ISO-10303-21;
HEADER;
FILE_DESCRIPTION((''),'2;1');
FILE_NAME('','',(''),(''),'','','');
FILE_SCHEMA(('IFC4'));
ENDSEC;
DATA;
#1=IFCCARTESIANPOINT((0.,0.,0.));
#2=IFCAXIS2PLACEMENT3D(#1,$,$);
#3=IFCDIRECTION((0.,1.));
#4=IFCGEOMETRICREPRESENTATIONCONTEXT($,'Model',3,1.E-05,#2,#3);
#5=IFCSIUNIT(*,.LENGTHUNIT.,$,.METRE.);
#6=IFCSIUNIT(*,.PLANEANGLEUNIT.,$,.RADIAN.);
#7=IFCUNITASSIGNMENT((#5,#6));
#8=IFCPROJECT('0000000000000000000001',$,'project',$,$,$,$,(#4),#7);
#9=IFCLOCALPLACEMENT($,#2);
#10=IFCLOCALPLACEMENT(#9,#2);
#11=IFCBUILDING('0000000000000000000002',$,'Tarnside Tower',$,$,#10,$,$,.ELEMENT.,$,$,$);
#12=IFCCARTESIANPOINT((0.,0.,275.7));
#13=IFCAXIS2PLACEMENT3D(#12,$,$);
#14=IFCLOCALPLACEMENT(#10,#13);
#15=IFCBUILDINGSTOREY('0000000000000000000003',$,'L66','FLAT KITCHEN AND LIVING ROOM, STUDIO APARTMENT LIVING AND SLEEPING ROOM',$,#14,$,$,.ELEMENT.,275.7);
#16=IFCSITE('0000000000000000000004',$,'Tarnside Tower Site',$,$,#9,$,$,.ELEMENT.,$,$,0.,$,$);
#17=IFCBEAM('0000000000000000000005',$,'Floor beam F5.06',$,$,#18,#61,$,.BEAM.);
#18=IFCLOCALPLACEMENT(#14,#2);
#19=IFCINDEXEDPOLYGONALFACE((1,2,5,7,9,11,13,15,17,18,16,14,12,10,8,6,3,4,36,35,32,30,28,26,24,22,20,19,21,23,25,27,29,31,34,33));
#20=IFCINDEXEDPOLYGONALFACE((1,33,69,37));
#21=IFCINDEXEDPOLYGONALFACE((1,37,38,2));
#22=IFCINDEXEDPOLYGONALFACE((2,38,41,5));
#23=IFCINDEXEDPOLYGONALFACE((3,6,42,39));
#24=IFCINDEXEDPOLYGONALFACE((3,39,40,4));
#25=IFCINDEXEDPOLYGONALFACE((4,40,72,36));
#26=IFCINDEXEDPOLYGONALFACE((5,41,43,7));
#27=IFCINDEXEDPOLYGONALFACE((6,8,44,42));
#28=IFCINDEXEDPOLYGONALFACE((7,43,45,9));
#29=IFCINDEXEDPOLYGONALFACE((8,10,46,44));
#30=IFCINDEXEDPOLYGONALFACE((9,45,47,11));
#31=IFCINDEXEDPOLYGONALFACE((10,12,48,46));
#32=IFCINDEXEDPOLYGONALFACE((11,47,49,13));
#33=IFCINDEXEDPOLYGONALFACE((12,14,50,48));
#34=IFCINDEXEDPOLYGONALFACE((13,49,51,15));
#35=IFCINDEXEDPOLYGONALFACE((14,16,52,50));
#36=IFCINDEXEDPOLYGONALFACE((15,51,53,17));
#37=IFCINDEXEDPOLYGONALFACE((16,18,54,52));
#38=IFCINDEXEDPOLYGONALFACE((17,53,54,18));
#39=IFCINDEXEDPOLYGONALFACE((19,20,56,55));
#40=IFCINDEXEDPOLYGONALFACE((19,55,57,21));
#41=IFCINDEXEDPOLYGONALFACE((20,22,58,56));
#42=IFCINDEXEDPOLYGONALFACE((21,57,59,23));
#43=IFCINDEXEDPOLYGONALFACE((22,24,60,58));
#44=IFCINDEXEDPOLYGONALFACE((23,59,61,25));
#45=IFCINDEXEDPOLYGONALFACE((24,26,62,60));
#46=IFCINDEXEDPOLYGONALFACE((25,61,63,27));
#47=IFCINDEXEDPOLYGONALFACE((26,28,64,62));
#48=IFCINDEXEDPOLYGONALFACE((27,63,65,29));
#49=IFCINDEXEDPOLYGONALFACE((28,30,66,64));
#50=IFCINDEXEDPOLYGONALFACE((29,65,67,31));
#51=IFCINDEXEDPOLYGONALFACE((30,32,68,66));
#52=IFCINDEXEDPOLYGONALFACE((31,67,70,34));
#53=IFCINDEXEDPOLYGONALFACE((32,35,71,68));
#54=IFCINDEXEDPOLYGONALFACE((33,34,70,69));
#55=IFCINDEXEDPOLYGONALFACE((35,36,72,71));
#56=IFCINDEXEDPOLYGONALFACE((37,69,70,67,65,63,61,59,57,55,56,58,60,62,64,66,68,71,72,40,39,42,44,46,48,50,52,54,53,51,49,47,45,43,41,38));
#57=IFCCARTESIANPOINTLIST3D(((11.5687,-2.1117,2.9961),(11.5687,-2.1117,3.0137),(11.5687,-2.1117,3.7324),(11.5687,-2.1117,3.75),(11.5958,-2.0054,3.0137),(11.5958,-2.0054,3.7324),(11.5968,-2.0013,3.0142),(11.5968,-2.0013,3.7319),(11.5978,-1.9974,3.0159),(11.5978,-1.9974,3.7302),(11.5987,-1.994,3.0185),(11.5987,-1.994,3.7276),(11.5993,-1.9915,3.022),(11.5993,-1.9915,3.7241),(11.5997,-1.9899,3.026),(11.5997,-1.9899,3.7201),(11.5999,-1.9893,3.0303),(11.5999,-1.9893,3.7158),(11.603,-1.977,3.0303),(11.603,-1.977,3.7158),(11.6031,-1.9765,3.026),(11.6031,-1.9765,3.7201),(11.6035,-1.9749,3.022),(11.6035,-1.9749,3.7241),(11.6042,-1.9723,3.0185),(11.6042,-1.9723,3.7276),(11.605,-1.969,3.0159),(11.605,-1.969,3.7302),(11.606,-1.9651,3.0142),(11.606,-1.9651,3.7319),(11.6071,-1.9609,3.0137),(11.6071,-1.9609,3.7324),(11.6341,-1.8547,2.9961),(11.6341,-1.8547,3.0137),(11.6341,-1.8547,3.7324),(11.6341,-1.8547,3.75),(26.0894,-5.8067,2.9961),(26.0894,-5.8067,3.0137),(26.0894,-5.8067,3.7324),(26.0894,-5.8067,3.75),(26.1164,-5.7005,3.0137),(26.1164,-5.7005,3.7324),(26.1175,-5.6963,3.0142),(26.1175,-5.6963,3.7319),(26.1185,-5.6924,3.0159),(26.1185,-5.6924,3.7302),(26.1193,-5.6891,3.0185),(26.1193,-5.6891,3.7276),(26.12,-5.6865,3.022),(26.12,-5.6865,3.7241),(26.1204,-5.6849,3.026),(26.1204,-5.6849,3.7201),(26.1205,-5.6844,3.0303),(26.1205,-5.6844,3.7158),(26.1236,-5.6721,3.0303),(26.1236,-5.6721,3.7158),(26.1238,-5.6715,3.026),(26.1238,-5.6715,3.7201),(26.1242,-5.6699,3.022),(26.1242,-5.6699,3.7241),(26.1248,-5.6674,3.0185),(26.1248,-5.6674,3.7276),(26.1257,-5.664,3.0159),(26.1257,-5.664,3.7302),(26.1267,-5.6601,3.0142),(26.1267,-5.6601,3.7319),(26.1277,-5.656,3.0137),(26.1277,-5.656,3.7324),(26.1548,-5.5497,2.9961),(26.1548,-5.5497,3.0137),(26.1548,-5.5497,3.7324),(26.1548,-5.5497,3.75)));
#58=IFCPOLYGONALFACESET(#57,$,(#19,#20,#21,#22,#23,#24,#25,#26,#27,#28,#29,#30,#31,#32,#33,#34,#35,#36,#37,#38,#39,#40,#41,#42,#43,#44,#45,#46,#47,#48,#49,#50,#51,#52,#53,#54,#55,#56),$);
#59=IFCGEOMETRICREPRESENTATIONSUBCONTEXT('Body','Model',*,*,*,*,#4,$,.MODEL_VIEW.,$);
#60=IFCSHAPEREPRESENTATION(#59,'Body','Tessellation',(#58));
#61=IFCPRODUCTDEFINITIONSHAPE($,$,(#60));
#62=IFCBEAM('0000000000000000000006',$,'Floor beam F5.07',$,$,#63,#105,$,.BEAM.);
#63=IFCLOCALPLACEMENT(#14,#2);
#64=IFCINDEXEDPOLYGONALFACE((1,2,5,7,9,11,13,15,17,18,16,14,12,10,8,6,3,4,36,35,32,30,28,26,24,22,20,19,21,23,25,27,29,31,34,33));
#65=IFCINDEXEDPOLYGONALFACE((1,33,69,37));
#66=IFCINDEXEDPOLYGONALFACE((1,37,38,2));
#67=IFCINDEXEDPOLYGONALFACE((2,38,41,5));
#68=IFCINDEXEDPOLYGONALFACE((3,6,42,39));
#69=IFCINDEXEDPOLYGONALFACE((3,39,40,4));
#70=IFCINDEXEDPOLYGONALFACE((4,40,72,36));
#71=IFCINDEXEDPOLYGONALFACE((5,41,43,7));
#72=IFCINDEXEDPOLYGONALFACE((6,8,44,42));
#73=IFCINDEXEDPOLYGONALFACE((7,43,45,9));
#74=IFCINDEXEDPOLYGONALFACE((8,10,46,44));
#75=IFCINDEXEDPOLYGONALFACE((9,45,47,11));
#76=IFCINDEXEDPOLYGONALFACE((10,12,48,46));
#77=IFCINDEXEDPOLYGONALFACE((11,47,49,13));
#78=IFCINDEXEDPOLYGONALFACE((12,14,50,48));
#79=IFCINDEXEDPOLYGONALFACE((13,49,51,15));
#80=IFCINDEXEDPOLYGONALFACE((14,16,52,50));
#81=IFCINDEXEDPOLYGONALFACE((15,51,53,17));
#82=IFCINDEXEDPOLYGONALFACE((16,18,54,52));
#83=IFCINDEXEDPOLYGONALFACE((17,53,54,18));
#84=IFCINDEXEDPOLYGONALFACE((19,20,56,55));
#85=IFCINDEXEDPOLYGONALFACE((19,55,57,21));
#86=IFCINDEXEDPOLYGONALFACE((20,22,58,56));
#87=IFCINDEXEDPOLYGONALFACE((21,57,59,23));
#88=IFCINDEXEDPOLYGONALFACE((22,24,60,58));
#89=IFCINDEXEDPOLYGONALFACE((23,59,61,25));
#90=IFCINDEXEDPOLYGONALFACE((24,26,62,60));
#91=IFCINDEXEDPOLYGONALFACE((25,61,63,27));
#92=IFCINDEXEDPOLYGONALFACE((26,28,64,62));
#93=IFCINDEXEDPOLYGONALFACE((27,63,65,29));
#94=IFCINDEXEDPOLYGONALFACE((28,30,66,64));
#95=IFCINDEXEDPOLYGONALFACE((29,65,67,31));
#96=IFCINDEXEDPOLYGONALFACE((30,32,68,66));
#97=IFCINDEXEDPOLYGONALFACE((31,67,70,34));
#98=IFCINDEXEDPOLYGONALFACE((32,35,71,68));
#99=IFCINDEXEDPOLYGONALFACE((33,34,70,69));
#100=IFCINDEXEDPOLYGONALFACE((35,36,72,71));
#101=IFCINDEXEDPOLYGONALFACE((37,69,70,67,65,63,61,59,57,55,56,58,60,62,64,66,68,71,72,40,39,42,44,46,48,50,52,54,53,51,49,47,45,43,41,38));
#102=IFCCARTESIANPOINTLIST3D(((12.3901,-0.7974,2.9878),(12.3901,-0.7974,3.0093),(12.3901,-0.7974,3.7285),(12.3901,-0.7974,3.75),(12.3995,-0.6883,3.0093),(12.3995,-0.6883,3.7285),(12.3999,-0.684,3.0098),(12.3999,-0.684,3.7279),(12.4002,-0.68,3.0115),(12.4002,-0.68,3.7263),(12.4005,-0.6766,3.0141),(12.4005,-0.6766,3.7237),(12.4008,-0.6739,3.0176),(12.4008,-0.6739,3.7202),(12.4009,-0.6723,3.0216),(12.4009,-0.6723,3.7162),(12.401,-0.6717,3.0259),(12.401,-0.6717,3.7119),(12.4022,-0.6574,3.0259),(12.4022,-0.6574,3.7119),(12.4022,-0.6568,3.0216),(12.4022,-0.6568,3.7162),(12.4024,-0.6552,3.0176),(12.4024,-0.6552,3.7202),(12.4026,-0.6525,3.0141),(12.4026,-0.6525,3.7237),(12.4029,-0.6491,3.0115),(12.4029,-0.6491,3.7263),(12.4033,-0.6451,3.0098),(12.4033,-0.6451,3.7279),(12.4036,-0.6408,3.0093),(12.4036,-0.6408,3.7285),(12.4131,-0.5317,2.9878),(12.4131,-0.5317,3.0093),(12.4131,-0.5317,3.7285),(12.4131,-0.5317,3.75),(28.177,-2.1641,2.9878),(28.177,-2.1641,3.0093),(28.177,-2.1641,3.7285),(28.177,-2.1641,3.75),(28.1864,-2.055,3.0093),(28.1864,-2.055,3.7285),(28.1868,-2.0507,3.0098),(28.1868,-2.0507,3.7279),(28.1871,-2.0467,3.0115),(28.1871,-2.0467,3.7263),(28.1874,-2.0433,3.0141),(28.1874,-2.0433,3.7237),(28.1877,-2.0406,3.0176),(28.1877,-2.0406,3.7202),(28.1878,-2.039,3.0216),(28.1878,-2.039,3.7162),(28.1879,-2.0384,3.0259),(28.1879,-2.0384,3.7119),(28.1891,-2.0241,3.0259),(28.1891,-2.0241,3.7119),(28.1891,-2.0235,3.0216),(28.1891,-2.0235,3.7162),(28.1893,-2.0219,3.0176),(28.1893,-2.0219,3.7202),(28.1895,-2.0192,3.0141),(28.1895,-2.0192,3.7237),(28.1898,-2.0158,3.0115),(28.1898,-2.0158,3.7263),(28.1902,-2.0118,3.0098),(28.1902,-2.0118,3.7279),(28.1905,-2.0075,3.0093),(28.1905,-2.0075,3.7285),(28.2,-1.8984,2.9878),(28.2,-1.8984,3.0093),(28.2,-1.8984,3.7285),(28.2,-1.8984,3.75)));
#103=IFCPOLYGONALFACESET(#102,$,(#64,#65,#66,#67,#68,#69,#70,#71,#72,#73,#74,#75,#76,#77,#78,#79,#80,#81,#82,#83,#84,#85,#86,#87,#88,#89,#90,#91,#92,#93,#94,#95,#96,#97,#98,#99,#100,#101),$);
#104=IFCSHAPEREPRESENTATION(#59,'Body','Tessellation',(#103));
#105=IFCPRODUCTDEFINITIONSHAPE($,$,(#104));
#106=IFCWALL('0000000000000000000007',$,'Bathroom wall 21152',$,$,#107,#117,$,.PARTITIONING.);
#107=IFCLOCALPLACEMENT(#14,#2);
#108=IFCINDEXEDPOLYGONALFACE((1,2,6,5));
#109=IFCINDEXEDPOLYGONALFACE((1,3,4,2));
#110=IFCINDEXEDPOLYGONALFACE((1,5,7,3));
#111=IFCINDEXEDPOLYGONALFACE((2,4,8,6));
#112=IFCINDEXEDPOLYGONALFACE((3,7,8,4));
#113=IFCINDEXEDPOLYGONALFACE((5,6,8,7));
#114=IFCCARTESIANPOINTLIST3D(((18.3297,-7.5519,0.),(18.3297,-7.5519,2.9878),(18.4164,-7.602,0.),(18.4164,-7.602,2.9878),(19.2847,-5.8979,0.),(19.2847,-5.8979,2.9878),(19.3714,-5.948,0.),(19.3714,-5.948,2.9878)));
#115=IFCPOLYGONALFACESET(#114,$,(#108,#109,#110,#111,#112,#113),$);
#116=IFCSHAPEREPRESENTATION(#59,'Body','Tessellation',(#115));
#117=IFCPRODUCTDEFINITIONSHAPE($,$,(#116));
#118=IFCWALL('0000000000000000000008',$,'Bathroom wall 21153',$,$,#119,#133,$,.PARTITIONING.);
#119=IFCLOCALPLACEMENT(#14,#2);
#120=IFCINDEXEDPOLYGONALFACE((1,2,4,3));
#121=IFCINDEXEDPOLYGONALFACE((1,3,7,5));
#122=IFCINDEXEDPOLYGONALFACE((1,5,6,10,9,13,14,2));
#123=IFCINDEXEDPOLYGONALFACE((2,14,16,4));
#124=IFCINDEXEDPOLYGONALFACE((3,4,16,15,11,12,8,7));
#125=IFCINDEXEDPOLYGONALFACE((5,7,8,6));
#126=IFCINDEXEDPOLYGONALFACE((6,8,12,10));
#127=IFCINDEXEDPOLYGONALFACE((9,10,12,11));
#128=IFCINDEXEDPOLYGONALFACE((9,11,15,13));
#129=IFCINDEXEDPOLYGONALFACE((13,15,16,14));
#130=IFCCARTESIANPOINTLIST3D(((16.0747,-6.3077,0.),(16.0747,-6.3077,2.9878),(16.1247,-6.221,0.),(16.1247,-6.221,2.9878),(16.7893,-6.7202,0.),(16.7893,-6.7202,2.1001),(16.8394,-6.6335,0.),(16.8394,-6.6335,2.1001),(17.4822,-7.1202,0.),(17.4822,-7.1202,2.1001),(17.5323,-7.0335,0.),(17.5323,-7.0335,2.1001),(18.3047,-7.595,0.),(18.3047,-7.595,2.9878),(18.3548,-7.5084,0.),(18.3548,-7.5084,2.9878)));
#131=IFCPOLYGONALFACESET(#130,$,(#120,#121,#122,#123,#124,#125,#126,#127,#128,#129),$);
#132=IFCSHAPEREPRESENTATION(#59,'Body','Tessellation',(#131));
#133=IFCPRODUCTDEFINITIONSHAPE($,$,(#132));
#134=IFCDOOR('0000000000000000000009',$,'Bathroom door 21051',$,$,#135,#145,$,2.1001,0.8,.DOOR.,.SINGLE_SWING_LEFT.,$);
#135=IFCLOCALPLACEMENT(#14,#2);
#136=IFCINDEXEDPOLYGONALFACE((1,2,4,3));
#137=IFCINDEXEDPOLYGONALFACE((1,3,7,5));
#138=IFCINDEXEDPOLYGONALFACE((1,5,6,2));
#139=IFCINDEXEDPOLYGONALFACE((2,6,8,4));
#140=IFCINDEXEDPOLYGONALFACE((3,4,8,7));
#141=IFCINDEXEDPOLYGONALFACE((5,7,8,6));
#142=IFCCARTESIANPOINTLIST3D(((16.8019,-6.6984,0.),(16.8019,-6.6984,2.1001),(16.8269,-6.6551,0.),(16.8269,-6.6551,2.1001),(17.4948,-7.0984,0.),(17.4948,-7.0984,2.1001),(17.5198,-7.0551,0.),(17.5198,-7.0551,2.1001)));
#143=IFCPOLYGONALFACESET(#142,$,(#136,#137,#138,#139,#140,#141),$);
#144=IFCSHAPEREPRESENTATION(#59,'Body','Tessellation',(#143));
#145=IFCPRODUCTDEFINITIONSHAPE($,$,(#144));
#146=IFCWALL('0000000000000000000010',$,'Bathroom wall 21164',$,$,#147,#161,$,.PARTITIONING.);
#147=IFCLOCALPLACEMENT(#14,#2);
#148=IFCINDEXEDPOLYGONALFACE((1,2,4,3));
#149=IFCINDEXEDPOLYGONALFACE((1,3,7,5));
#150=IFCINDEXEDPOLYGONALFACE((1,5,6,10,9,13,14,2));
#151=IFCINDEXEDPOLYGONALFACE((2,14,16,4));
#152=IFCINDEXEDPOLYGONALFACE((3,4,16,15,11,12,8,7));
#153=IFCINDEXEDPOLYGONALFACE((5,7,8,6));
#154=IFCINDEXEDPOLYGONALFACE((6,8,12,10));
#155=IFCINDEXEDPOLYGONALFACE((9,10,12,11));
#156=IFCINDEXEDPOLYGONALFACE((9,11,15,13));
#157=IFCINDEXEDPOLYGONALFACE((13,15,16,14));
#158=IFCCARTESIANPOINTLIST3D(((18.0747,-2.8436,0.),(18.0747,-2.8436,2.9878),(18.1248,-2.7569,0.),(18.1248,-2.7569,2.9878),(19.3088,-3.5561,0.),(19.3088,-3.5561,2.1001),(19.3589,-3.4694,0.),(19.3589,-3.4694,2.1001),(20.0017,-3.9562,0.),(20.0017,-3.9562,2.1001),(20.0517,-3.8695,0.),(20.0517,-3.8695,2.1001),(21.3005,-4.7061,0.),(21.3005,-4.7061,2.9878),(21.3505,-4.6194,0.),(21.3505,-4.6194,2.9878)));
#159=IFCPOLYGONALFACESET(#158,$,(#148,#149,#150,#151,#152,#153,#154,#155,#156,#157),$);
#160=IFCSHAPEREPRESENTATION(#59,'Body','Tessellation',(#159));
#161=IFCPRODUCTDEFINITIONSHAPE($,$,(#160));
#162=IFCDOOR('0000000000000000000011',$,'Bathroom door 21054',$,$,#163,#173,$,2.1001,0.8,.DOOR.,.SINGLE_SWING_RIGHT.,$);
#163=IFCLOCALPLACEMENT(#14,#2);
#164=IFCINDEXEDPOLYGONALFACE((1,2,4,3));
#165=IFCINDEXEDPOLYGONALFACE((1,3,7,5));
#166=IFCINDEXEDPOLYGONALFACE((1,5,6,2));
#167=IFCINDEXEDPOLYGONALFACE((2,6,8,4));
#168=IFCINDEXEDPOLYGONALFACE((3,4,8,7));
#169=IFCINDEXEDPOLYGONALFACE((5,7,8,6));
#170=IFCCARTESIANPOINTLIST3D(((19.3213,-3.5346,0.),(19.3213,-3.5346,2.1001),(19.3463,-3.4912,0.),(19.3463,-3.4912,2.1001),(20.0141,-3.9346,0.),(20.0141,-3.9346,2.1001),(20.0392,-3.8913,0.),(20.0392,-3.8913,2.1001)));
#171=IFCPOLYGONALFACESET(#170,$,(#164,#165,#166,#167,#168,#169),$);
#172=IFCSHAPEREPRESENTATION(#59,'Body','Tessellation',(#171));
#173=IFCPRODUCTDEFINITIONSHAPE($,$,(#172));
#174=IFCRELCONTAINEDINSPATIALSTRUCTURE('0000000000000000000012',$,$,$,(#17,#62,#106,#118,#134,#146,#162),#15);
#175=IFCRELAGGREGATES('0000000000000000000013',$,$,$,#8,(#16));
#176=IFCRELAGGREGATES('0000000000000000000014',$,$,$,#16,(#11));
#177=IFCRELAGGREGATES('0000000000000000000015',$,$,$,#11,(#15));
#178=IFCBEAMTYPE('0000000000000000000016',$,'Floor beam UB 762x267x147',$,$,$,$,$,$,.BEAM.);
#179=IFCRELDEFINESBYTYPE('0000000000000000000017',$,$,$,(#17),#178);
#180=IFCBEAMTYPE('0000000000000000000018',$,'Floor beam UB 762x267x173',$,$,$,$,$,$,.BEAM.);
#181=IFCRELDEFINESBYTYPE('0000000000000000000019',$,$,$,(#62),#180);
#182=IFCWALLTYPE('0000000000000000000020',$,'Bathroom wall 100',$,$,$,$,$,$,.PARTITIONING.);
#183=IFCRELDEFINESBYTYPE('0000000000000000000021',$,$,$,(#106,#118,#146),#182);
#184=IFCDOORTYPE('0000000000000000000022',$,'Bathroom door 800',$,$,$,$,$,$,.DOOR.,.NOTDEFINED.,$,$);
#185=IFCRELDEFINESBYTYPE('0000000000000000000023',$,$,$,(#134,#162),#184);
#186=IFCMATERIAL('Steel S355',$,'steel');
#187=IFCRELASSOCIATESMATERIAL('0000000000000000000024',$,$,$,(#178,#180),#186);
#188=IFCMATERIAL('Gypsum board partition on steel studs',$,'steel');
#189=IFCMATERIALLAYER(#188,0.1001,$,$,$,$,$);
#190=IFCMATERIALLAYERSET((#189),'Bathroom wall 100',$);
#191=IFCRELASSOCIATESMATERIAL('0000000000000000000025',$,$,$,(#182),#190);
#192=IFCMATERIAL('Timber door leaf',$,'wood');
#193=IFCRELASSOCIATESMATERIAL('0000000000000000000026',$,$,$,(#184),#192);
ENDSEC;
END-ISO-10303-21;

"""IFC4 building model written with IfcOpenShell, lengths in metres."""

from ifc_helpers import new_model, si_unit, direction, frame, frame_2d, origin, origin_2d, place, context, subcontext, project, spatial, rectangle, i_section, extrude, material, layer, layer_set, material_profile, profile_set, type_object, element, fill, save


model = new_model("IFC4")

# Units and contexts
model_context = context("Model", 3, precision=1e-05, world=origin(), true_north=direction((0.0, 1.0)))
body_context = subcontext(model_context, "Body", "Model", "MODEL_VIEW")
ifc_project = project(units=[si_unit("LENGTHUNIT", "METRE"), si_unit("PLANEANGLEUNIT", "RADIAN")], contexts=[model_context])

# Site, building, storey
site_placement = place(None, origin())
site = spatial("IfcSite", under=ifc_project, at=site_placement, Name="Tarnside Tower Site", CompositionType="ELEMENT", RefElevation=0.0)
building_placement = place(site_placement, origin())
building = spatial("IfcBuilding", under=site, at=building_placement, Name="Tarnside Tower", CompositionType="ELEMENT")
storey_placement = place(building_placement, frame((0.0, 0.0, 275.7)))
storey = spatial("IfcBuildingStorey", under=building, at=storey_placement, Name="L66", Description="FLAT KITCHEN AND LIVING ROOM, STUDIO APARTMENT LIVING AND SLEEPING ROOM", CompositionType="ELEMENT", Elevation=275.7)

# Beams
ifc_material_1 = material(Name="Steel S355", Category="steel")
ifc_material_profile_1 = material_profile(ifc_material_1, i_section(OverallWidth=0.2651, OverallDepth=0.7539, WebThickness=0.0127, FlangeThickness=0.0176, FilletRadius=0.0166, at=origin_2d()), Name="UB 762x267x147")
ifc_profile_set_1 = profile_set([ifc_material_profile_1], Name="Steel S355")
beam_type_1 = type_object("IfcBeamType", Name="Floor beam UB 762x267x147", PredefinedType="BEAM", material=ifc_profile_set_1)
beam_1_placement = place(storey_placement, frame((26.1221, -5.6782, 3.373), z_axis=(-0.969115, 0.246609, 0.0), x_axis=(-0.246609, -0.969115, 0.0)))
element("IfcBeam", 1, at=beam_1_placement, inside=storey, type_object=beam_type_1, Name="Floor beam F5.06", PredefinedType="BEAM", context=body_context, shape_type="SweptSolid", body=[
    extrude(i_section(OverallWidth=0.2651, OverallDepth=0.7539, WebThickness=0.0127, FlangeThickness=0.0176, FilletRadius=0.0166, at=origin_2d()), origin(), (0.0, 0.0, 1.0), 14.9834),
])
ifc_material_profile_2 = material_profile(ifc_material_1, i_section(OverallWidth=0.2666, OverallDepth=0.7622, WebThickness=0.0144, FlangeThickness=0.0215, FilletRadius=0.0166, at=origin_2d()), Name="UB 762x267x173")
ifc_profile_set_2 = profile_set([ifc_material_profile_2], Name="Steel S355")
beam_type_2 = type_object("IfcBeamType", Name="Floor beam UB 762x267x173", PredefinedType="BEAM", material=ifc_profile_set_2)
beam_2_placement = place(storey_placement, frame((28.1885, -2.0312, 3.3689), z_axis=(-0.996274, 0.086249, 0.0), x_axis=(-0.086249, -0.996274, 0.0)))
element("IfcBeam", 2, at=beam_2_placement, inside=storey, type_object=beam_type_2, Name="Floor beam F5.07", PredefinedType="BEAM", context=body_context, shape_type="SweptSolid", body=[
    extrude(i_section(OverallWidth=0.2666, OverallDepth=0.7622, WebThickness=0.0144, FlangeThickness=0.0215, FilletRadius=0.0166, at=origin_2d()), origin(), (0.0, 0.0, 1.0), 15.8459),
])

# Wall
ifc_material_2 = material(Name="Gypsum board partition on steel studs", Category="steel")
ifc_layer_1 = layer(ifc_material_2, 0.1001)
ifc_layer_set_1 = layer_set([ifc_layer_1], Name="Bathroom wall 100")
wall_type_1 = type_object("IfcWallType", Name="Bathroom wall 100", PredefinedType="PARTITIONING", material=ifc_layer_set_1)
wall_1_placement = place(storey_placement, frame((19.3281, -5.9229, 0.0), z_axis=(0.0, 0.0, 1.0), x_axis=(-0.500043, -0.866, 0.0)))
element("IfcWall", 3, at=wall_1_placement, inside=storey, type_object=wall_type_1, Name="Bathroom wall 21152", PredefinedType="PARTITIONING", context=body_context, shape_type="SweptSolid", body=[
    extrude(rectangle(XDim=1.9099, YDim=0.1001, at=frame_2d((0.9551, 0.0))), origin(), (0.0, 0.0, 1.0), 2.9878),
])

# Walls, openings, doors
wall_2_placement = place(storey_placement, frame((18.3298, -7.5518, 0.0), z_axis=(0.0, 0.0, 1.0), x_axis=(-0.866047, 0.499963, 0.0)))
wall_2 = element("IfcWall", 4, at=wall_2_placement, inside=storey, type_object=wall_type_1, Name="Bathroom wall 21153", PredefinedType="PARTITIONING", context=body_context, shape_type="SweptSolid", body=[
    extrude(rectangle(XDim=2.575, YDim=0.1001, at=frame_2d((1.2876, 0.0))), origin(), (0.0, 0.0, 1.0), 2.9878),
])
opening_1_placement = place(wall_2_placement, frame((0.95, 0.0, 0.0)))
opening_1 = element("IfcOpeningElement", 5, at=opening_1_placement, cuts=wall_2, PredefinedType="OPENING", context=body_context, shape_type="SweptSolid", body=[
    extrude(rectangle(XDim=0.8, YDim=2.1001, at=frame_2d((0.3999, 1.05))), frame((0.0, 0.0601, 0.0), z_axis=(0.0, -1.0, 0.0), x_axis=(1.0, 0.0, 0.0)), (0.0, 0.0, 1.0), 0.1201),
])
ifc_material_3 = material(Name="Timber door leaf", Category="wood")
door_type_1 = type_object("IfcDoorType", Name="Bathroom door 800", OperationType="NOTDEFINED", PredefinedType="DOOR", material=ifc_material_3)
door_1_placement = place(opening_1_placement, origin())
door_1 = element("IfcDoor", 6, at=door_1_placement, inside=storey, type_object=door_type_1, Name="Bathroom door 21051", OperationType="SINGLE_SWING_LEFT", OverallHeight=2.1001, OverallWidth=0.8, PredefinedType="DOOR", context=body_context, shape_type="SweptSolid", body=[
    extrude(rectangle(XDim=0.8, YDim=2.1001, at=frame_2d((0.3999, 1.05))), frame((0.0, 0.0249, 0.0), z_axis=(0.0, -1.0, 0.0), x_axis=(1.0, 0.0, 0.0)), (0.0, 0.0, 1.0), 0.05),
])
fill(opening_1, door_1)
wall_3_placement = place(storey_placement, frame((18.0999, -2.8003, 0.0), z_axis=(0.0, 0.0, 1.0), x_axis=(0.866012, -0.500023, 0.0)))
wall_3 = element("IfcWall", 7, at=wall_3_placement, inside=storey, type_object=wall_type_1, Name="Bathroom wall 21164", PredefinedType="PARTITIONING", context=body_context, shape_type="SweptSolid", body=[
    extrude(rectangle(XDim=3.7249, YDim=0.1001, at=frame_2d((1.8623, 0.0))), origin(), (0.0, 0.0, 1.0), 2.9878),
])
opening_2_placement = place(wall_3_placement, frame((1.425, 0.0, 0.0)))
opening_2 = element("IfcOpeningElement", 8, at=opening_2_placement, cuts=wall_3, PredefinedType="OPENING", context=body_context, shape_type="SweptSolid", body=[
    extrude(rectangle(XDim=0.8, YDim=2.1001, at=frame_2d((0.3999, 1.05))), frame((0.0, 0.0601, 0.0), z_axis=(0.0, -1.0, 0.0), x_axis=(1.0, 0.0, 0.0)), (0.0, 0.0, 1.0), 0.1201),
])
door_2_placement = place(opening_2_placement, origin())
door_2 = element("IfcDoor", 9, at=door_2_placement, inside=storey, type_object=door_type_1, Name="Bathroom door 21054", OperationType="SINGLE_SWING_RIGHT", OverallHeight=2.1001, OverallWidth=0.8, PredefinedType="DOOR", context=body_context, shape_type="SweptSolid", body=[
    extrude(rectangle(XDim=0.8, YDim=2.1001, at=frame_2d((0.3999, 1.05))), frame((0.0, 0.0249, 0.0), z_axis=(0.0, -1.0, 0.0), x_axis=(1.0, 0.0, 0.0)), (0.0, 0.0, 1.0), 0.05),
])
fill(opening_2, door_2)

save(model, "model.ifc")
